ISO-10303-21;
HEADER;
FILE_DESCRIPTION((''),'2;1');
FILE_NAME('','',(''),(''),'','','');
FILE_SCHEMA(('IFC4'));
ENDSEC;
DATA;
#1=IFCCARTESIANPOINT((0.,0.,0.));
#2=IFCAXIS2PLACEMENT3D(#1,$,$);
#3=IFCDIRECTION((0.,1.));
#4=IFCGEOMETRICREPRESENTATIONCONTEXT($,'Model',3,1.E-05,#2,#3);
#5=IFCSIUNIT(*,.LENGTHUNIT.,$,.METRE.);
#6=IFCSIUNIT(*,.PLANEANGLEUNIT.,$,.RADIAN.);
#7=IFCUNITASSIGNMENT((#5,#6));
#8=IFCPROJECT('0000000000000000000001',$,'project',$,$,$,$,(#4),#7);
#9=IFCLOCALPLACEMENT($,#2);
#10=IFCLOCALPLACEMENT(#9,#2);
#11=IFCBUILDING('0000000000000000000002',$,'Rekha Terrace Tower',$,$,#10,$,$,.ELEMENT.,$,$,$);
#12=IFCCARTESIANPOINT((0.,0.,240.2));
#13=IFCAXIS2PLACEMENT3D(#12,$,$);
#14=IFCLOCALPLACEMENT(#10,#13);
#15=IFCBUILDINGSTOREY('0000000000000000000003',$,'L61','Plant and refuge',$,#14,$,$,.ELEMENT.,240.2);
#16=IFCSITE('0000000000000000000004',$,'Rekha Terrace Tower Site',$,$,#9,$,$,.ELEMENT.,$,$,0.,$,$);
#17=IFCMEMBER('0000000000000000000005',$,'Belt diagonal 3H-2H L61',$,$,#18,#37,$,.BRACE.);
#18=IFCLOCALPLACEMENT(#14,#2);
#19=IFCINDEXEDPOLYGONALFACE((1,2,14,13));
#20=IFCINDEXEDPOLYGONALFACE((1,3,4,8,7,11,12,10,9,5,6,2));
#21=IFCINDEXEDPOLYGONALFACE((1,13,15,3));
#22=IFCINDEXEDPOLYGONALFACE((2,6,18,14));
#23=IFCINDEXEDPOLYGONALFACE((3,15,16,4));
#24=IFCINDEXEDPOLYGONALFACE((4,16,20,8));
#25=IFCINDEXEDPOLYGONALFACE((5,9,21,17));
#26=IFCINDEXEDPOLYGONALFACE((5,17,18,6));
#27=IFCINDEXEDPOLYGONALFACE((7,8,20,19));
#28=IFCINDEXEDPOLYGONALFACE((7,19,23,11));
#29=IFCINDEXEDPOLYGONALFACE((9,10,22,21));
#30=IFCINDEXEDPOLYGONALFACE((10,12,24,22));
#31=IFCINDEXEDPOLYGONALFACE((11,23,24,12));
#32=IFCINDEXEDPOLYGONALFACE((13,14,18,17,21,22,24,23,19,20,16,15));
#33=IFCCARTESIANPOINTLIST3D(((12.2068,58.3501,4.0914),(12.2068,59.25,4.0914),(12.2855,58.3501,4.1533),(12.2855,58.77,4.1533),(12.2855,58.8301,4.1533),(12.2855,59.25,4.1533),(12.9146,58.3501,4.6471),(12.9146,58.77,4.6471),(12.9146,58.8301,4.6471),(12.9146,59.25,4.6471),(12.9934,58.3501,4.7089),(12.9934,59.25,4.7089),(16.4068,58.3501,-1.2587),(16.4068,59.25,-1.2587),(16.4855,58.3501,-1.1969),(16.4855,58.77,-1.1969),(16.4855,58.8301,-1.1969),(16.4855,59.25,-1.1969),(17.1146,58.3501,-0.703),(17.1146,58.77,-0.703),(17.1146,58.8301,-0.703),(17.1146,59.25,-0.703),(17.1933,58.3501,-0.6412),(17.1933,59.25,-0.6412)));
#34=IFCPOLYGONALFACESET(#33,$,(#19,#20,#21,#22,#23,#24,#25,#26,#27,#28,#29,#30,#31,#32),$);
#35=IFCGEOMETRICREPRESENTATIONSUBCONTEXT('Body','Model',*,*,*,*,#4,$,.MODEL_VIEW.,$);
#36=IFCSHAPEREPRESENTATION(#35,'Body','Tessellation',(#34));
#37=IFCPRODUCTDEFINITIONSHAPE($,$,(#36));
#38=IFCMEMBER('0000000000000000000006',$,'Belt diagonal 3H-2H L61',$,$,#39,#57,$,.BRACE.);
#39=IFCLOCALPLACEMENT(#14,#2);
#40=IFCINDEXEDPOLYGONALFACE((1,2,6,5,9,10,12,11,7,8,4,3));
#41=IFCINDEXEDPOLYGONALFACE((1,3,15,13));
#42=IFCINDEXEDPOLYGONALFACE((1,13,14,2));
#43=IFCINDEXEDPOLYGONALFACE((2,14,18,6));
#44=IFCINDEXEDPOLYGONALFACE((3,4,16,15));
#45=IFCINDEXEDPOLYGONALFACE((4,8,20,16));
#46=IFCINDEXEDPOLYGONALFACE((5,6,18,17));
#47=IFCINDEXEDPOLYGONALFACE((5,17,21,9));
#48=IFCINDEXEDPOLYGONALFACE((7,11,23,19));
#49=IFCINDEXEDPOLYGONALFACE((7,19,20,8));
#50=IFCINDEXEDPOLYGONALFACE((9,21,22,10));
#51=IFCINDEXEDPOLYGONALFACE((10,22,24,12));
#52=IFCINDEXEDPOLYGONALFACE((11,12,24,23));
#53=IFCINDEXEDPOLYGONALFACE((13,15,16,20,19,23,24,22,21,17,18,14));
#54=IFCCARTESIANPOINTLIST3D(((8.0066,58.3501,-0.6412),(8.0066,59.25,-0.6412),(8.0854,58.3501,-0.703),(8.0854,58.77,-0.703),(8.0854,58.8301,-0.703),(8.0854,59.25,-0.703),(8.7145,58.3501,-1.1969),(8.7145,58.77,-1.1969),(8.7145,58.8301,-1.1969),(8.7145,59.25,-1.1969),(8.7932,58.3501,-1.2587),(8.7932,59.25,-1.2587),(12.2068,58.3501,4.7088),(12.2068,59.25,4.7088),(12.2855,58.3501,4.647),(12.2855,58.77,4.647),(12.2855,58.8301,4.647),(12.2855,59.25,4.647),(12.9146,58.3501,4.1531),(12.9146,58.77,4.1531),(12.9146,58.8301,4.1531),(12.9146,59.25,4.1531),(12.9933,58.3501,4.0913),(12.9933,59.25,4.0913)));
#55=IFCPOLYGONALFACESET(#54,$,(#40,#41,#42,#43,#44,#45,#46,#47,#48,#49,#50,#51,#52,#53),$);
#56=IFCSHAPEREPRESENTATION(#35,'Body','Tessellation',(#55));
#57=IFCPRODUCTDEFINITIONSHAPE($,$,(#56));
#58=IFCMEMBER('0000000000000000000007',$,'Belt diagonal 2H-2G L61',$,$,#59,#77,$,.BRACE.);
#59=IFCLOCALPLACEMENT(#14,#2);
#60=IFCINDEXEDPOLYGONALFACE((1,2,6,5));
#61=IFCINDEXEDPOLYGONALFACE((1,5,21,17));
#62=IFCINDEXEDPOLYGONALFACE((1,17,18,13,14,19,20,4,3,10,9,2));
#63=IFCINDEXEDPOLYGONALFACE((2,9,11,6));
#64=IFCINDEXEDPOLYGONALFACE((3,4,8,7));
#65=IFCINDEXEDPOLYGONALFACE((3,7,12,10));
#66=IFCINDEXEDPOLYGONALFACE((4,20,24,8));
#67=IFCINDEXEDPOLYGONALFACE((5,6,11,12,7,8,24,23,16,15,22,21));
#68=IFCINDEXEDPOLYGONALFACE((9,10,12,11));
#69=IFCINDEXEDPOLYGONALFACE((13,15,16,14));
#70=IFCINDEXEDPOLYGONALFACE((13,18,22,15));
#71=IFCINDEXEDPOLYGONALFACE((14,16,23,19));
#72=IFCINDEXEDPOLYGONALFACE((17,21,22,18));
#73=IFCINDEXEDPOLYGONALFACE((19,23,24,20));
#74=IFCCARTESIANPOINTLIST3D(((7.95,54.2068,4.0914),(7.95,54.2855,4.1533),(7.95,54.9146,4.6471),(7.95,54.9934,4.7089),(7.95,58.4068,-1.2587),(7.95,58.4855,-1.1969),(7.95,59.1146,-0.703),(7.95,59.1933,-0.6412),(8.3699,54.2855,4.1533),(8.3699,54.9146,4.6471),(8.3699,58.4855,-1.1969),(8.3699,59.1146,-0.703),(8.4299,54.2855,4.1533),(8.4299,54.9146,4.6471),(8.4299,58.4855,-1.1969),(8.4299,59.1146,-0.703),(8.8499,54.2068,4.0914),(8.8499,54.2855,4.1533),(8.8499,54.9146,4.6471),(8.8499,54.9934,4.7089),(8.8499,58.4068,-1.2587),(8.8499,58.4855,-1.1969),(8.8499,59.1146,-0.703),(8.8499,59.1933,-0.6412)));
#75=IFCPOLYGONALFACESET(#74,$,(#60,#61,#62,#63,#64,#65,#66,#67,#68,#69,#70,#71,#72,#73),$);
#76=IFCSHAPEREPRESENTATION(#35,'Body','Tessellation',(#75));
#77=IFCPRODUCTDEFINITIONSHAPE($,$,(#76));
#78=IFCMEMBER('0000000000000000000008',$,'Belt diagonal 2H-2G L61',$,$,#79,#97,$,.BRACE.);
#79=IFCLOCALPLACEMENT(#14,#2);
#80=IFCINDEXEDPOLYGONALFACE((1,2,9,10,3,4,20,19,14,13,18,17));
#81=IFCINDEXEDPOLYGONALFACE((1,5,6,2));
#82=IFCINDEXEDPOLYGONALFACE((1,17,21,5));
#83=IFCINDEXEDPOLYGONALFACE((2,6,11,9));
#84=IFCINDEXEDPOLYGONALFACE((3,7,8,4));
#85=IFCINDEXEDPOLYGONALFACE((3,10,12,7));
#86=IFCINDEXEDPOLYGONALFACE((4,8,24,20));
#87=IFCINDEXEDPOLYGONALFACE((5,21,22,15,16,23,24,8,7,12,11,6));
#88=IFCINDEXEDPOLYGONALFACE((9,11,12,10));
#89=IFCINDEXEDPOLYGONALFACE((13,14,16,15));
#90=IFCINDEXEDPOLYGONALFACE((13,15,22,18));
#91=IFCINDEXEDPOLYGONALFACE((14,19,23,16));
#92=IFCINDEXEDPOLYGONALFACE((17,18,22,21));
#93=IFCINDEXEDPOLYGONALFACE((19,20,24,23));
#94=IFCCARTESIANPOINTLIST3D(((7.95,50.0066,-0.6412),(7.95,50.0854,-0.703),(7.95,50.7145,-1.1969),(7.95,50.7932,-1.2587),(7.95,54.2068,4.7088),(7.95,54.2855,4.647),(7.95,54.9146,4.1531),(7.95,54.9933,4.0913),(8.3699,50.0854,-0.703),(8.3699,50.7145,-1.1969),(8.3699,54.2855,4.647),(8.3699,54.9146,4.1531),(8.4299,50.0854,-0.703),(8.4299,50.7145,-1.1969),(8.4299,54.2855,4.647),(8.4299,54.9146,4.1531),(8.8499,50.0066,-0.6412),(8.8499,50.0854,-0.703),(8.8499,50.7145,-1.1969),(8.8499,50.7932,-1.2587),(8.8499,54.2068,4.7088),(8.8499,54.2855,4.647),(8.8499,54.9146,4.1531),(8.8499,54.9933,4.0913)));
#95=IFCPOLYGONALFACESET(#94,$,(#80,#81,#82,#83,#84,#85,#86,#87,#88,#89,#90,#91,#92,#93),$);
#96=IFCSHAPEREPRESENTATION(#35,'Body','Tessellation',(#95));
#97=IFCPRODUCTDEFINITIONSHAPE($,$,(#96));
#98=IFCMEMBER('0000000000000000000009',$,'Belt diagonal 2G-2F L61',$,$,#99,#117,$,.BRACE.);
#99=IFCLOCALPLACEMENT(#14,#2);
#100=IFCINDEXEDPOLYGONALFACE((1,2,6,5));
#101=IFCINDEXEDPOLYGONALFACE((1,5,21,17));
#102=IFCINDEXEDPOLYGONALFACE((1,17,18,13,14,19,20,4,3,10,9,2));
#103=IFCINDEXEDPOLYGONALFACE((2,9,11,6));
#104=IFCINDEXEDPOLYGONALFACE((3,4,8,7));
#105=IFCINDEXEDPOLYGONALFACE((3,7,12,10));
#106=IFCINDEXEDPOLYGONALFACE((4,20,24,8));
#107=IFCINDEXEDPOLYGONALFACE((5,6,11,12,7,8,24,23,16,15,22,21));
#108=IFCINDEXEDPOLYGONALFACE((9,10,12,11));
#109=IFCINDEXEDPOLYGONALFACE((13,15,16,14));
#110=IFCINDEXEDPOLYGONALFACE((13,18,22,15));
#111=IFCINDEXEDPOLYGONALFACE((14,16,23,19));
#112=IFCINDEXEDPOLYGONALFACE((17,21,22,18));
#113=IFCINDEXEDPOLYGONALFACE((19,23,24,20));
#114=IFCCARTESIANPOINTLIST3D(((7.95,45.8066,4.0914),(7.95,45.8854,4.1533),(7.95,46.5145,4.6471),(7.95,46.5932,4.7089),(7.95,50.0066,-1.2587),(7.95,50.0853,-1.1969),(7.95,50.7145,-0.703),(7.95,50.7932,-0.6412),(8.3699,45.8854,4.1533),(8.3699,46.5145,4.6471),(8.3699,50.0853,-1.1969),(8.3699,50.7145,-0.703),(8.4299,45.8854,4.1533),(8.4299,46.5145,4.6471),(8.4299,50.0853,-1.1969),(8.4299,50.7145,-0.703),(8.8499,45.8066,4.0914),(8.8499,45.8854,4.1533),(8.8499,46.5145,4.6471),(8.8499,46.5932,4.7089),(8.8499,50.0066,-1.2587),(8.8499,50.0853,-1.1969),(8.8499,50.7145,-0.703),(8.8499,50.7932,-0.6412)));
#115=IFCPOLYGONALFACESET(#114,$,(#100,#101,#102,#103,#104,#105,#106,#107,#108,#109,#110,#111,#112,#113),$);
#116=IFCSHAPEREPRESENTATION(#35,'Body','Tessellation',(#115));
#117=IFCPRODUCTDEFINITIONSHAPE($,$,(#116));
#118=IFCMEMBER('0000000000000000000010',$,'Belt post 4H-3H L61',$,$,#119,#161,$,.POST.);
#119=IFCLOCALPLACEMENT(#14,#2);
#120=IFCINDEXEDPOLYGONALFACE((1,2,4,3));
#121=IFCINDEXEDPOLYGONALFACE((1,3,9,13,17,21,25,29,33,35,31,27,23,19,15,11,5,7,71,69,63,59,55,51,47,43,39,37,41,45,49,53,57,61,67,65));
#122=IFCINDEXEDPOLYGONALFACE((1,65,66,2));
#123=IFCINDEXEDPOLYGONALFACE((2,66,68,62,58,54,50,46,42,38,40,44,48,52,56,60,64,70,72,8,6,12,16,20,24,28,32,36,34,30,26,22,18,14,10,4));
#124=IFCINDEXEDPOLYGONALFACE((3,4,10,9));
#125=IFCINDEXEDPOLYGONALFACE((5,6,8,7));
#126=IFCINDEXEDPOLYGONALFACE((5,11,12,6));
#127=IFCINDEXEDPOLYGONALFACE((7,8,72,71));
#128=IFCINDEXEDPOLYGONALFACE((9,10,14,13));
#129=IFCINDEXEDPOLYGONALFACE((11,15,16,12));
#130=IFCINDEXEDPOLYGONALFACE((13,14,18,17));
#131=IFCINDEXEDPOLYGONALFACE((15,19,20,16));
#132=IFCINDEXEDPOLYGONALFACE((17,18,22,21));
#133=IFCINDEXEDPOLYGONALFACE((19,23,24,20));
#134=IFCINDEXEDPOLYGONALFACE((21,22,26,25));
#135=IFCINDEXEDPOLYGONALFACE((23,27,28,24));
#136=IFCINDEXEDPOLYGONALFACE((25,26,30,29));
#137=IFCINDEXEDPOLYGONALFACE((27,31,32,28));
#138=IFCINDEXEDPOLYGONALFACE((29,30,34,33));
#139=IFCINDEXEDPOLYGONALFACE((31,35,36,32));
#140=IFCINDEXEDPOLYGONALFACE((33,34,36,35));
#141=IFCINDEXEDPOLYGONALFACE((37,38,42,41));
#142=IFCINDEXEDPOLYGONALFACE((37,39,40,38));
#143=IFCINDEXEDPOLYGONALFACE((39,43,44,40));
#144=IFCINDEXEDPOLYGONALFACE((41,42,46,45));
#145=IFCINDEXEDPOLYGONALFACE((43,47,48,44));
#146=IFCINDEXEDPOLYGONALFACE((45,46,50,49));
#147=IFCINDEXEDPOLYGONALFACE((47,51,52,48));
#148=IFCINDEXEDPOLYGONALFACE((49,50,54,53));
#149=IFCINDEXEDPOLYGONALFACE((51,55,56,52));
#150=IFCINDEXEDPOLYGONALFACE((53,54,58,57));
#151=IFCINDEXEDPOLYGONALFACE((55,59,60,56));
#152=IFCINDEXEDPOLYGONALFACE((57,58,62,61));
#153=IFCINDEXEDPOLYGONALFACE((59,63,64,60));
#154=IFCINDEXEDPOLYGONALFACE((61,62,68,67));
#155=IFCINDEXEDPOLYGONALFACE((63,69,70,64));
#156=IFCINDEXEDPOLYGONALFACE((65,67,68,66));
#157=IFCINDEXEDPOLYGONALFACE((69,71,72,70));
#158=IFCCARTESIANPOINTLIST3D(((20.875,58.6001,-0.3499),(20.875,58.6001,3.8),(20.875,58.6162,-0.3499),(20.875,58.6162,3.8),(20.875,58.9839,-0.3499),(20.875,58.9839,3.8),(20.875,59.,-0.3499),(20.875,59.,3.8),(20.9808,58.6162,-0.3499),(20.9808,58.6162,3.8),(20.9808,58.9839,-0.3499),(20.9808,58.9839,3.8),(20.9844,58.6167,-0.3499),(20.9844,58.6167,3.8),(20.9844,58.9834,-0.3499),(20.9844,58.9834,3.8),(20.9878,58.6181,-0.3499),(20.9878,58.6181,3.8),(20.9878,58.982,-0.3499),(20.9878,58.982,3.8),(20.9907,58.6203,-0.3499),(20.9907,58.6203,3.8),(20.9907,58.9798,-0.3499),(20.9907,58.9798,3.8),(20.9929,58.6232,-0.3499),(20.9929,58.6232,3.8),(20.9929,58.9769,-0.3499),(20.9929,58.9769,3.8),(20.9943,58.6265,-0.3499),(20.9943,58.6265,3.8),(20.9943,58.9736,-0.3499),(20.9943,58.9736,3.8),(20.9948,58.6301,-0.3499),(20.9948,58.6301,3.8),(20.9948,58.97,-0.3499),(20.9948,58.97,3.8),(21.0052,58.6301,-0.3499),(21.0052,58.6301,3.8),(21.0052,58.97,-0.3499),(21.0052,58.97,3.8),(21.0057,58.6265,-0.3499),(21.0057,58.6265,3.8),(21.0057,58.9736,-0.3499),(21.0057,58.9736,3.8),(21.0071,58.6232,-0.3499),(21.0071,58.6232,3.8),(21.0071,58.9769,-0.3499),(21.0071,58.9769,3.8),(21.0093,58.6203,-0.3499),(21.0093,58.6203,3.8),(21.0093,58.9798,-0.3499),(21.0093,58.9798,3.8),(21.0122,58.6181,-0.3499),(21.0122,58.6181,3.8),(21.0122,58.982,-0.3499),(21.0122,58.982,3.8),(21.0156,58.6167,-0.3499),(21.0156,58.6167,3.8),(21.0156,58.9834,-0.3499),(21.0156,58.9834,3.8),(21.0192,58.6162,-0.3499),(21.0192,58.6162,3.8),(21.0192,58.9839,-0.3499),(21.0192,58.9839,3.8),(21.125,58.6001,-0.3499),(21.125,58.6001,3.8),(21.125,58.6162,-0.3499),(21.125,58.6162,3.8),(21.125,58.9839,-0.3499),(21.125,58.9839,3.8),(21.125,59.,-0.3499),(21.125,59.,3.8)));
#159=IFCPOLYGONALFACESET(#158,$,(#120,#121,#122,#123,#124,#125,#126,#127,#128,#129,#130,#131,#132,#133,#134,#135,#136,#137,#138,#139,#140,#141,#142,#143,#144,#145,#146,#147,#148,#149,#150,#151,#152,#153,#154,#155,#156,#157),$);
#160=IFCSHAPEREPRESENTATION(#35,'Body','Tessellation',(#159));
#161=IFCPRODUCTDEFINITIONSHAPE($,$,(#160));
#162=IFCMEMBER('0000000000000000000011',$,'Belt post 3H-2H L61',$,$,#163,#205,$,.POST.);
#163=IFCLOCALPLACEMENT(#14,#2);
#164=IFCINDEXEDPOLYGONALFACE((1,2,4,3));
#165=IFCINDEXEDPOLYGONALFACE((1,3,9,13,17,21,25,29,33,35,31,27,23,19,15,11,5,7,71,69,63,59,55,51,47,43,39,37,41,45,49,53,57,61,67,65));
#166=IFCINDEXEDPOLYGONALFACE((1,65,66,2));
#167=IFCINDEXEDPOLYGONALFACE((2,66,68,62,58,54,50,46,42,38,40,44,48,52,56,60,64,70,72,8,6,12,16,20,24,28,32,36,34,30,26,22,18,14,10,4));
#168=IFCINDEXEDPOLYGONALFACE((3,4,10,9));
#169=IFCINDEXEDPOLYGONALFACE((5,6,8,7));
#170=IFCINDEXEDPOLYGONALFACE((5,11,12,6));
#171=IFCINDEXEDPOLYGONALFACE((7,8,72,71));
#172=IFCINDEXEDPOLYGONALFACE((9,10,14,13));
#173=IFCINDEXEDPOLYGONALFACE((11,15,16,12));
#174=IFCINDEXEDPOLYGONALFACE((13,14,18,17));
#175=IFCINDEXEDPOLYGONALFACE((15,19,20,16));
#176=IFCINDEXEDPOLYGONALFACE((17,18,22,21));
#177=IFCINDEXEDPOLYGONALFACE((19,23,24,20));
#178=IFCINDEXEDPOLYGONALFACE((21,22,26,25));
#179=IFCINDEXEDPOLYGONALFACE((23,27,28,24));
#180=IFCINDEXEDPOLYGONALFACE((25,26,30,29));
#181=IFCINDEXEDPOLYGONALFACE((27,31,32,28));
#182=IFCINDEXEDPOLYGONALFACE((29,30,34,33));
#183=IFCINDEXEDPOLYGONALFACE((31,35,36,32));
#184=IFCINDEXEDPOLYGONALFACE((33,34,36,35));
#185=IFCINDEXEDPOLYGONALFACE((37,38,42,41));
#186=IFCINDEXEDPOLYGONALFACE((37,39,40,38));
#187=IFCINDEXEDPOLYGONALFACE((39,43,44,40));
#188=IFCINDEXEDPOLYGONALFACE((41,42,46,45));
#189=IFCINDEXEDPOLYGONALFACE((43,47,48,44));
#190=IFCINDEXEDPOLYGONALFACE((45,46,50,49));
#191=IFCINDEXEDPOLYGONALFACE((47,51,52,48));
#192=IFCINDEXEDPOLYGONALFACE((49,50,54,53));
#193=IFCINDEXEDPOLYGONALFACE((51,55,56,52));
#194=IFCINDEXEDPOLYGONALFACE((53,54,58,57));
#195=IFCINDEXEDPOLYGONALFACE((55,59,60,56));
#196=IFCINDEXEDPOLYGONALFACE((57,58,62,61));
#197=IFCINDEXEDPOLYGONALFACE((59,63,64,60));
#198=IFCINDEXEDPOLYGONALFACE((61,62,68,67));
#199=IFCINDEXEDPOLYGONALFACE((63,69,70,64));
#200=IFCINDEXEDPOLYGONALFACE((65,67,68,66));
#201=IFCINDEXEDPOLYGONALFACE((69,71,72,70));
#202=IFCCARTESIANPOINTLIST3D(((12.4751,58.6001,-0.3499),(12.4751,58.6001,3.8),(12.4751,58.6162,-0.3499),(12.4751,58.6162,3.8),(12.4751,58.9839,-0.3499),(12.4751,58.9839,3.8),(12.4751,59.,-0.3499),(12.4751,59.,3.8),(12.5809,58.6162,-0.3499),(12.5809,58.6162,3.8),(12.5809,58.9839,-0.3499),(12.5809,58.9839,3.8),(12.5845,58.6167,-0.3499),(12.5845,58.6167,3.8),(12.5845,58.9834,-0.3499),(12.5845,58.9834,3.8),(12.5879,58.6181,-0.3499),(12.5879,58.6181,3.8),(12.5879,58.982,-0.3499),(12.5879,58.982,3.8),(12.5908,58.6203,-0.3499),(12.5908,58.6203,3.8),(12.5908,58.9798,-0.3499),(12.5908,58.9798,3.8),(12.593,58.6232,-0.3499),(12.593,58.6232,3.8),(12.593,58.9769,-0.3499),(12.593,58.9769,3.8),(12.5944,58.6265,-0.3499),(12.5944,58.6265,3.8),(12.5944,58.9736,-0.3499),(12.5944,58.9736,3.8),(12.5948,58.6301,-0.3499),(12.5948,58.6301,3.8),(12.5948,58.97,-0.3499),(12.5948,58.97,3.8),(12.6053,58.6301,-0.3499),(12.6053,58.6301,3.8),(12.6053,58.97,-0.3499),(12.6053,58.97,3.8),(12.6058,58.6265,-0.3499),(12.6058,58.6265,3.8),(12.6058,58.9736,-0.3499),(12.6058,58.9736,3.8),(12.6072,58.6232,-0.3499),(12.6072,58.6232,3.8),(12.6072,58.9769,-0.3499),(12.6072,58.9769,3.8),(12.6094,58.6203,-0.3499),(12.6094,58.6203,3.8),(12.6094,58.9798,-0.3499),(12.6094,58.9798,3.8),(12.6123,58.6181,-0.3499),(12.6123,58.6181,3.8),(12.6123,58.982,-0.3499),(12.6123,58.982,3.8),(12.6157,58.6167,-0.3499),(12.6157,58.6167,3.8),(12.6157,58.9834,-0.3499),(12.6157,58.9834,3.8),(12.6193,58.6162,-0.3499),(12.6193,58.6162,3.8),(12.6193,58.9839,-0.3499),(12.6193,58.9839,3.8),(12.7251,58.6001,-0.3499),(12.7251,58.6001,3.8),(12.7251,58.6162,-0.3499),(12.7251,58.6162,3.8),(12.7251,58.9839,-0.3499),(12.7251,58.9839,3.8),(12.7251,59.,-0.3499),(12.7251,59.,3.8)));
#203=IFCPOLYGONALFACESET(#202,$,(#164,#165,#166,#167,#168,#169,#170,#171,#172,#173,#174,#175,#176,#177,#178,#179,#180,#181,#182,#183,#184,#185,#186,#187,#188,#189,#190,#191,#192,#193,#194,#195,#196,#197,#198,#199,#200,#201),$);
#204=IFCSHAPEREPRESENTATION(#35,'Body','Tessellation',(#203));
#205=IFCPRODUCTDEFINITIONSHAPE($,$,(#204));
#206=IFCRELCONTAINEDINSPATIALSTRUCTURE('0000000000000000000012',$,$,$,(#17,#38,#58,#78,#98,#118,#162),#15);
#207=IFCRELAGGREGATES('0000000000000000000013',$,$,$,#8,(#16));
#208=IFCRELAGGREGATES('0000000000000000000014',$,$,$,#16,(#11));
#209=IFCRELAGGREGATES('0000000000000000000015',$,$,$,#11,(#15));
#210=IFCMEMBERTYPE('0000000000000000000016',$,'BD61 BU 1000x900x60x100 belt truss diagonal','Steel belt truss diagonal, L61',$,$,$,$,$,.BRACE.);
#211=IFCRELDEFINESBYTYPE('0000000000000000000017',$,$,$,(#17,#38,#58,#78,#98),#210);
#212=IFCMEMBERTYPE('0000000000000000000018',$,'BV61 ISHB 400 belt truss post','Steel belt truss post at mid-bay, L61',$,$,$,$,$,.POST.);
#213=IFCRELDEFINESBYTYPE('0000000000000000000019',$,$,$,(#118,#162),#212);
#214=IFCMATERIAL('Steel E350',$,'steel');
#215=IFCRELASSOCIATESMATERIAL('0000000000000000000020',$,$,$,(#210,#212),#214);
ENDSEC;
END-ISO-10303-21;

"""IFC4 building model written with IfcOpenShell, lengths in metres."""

from ifc_helpers import new_model, si_unit, direction, frame, origin, origin_2d, place, context, subcontext, project, spatial, i_section, extrude, material, material_profile, profile_set, type_object, element, save


model = new_model("IFC4")

# Units and contexts
model_context = context("Model", 3, precision=1e-05, world=origin(), true_north=direction((0.0, 1.0)))
body_context = subcontext(model_context, "Body", "Model", "MODEL_VIEW")
ifc_project = project(units=[si_unit("LENGTHUNIT", "METRE"), si_unit("PLANEANGLEUNIT", "RADIAN")], contexts=[model_context])

# Site, building, storey
site_placement = place(None, origin())
site = spatial("IfcSite", under=ifc_project, at=site_placement, Name="Rekha Terrace Tower Site", CompositionType="ELEMENT", RefElevation=0.0)
building_placement = place(site_placement, origin())
building = spatial("IfcBuilding", under=site, at=building_placement, Name="Rekha Terrace Tower", CompositionType="ELEMENT")
storey_placement = place(building_placement, frame((0.0, 0.0, 240.2)))
storey = spatial("IfcBuildingStorey", under=building, at=storey_placement, Name="L61", Description="Plant and refuge", CompositionType="ELEMENT", Elevation=240.2)

# Members
ifc_material_1 = material(Name="Steel E350", Category="steel")
ifc_material_profile_1 = material_profile(ifc_material_1, i_section(OverallWidth=0.8999, OverallDepth=1.0, WebThickness=0.0601, FlangeThickness=0.1001, at=origin_2d()), Name="BU 1000x900x60x100")
ifc_profile_set_1 = profile_set([ifc_material_profile_1], Name="Steel E350")
member_type_1 = type_object("IfcMemberType", Name="BD61 BU 1000x900x60x100 belt truss diagonal", Description="Steel belt truss diagonal, L61", PredefinedType="BRACE", material=ifc_profile_set_1)
for number, where, z_axis, x_axis, name in (
    (1, (16.8, 58.8, -0.95), (-0.617485, 0.0, 0.786582), (0.0, -1.0, 0.0), "Belt diagonal 3H-2H L61"),
    (2, (8.3999, 58.8, -0.95), (0.617508, 0.0, 0.786565), (0.0, 1.0, 0.0), "Belt diagonal 3H-2H L61"),
    (3, (8.3999, 58.8, -0.95), (0.0, -0.617485, 0.786582), (1.0, 0.0, 0.0), "Belt diagonal 2H-2G L61"),
    (4, (8.3999, 50.3999, -0.95), (0.0, 0.617508, 0.786565), (-1.0, 0.0, 0.0), "Belt diagonal 2H-2G L61"),
    (5, (8.3999, 50.3999, -0.95), (0.0, -0.617485, 0.786582), (1.0, 0.0, 0.0), "Belt diagonal 2G-2F L61"),
):
    element("IfcMember", number, at=place(storey_placement, frame(where, z_axis=z_axis, x_axis=x_axis)), inside=storey, type_object=member_type_1, Name=name, PredefinedType="BRACE", context=body_context, shape_type="SweptSolid", body=[
        extrude(i_section(OverallWidth=0.8999, OverallDepth=1.0, WebThickness=0.0601, FlangeThickness=0.1001, at=origin_2d()), origin(), (0.0, 0.0, 1.0), 6.8018),
    ])
ifc_material_profile_2 = material_profile(ifc_material_1, i_section(OverallWidth=0.25, OverallDepth=0.3999, WebThickness=0.0105, FlangeThickness=0.0161, FilletRadius=0.0139, at=origin_2d()), Name="ISHB 400")
ifc_profile_set_2 = profile_set([ifc_material_profile_2], Name="Steel E350")
member_type_2 = type_object("IfcMemberType", Name="BV61 ISHB 400 belt truss post", Description="Steel belt truss post at mid-bay, L61", PredefinedType="POST", material=ifc_profile_set_2)
for number, where, z_axis, x_axis, name in (
    (6, (21.0, 58.8, -0.3499), (0.0, 0.0, 1.0), (1.0, 0.0, 0.0), "Belt post 4H-3H L61"),
    (7, (12.6001, 58.8, -0.3499), (0.0, 0.0, 1.0), (1.0, 0.0, 0.0), "Belt post 3H-2H L61"),
):
    element("IfcMember", number, at=place(storey_placement, frame(where, z_axis=z_axis, x_axis=x_axis)), inside=storey, type_object=member_type_2, Name=name, PredefinedType="POST", context=body_context, shape_type="SweptSolid", body=[
        extrude(i_section(OverallWidth=0.25, OverallDepth=0.3999, WebThickness=0.0105, FlangeThickness=0.0161, FilletRadius=0.0139, at=origin_2d()), origin(), (0.0, 0.0, 1.0), 4.1499),
    ])

save(model, "model.ifc")
